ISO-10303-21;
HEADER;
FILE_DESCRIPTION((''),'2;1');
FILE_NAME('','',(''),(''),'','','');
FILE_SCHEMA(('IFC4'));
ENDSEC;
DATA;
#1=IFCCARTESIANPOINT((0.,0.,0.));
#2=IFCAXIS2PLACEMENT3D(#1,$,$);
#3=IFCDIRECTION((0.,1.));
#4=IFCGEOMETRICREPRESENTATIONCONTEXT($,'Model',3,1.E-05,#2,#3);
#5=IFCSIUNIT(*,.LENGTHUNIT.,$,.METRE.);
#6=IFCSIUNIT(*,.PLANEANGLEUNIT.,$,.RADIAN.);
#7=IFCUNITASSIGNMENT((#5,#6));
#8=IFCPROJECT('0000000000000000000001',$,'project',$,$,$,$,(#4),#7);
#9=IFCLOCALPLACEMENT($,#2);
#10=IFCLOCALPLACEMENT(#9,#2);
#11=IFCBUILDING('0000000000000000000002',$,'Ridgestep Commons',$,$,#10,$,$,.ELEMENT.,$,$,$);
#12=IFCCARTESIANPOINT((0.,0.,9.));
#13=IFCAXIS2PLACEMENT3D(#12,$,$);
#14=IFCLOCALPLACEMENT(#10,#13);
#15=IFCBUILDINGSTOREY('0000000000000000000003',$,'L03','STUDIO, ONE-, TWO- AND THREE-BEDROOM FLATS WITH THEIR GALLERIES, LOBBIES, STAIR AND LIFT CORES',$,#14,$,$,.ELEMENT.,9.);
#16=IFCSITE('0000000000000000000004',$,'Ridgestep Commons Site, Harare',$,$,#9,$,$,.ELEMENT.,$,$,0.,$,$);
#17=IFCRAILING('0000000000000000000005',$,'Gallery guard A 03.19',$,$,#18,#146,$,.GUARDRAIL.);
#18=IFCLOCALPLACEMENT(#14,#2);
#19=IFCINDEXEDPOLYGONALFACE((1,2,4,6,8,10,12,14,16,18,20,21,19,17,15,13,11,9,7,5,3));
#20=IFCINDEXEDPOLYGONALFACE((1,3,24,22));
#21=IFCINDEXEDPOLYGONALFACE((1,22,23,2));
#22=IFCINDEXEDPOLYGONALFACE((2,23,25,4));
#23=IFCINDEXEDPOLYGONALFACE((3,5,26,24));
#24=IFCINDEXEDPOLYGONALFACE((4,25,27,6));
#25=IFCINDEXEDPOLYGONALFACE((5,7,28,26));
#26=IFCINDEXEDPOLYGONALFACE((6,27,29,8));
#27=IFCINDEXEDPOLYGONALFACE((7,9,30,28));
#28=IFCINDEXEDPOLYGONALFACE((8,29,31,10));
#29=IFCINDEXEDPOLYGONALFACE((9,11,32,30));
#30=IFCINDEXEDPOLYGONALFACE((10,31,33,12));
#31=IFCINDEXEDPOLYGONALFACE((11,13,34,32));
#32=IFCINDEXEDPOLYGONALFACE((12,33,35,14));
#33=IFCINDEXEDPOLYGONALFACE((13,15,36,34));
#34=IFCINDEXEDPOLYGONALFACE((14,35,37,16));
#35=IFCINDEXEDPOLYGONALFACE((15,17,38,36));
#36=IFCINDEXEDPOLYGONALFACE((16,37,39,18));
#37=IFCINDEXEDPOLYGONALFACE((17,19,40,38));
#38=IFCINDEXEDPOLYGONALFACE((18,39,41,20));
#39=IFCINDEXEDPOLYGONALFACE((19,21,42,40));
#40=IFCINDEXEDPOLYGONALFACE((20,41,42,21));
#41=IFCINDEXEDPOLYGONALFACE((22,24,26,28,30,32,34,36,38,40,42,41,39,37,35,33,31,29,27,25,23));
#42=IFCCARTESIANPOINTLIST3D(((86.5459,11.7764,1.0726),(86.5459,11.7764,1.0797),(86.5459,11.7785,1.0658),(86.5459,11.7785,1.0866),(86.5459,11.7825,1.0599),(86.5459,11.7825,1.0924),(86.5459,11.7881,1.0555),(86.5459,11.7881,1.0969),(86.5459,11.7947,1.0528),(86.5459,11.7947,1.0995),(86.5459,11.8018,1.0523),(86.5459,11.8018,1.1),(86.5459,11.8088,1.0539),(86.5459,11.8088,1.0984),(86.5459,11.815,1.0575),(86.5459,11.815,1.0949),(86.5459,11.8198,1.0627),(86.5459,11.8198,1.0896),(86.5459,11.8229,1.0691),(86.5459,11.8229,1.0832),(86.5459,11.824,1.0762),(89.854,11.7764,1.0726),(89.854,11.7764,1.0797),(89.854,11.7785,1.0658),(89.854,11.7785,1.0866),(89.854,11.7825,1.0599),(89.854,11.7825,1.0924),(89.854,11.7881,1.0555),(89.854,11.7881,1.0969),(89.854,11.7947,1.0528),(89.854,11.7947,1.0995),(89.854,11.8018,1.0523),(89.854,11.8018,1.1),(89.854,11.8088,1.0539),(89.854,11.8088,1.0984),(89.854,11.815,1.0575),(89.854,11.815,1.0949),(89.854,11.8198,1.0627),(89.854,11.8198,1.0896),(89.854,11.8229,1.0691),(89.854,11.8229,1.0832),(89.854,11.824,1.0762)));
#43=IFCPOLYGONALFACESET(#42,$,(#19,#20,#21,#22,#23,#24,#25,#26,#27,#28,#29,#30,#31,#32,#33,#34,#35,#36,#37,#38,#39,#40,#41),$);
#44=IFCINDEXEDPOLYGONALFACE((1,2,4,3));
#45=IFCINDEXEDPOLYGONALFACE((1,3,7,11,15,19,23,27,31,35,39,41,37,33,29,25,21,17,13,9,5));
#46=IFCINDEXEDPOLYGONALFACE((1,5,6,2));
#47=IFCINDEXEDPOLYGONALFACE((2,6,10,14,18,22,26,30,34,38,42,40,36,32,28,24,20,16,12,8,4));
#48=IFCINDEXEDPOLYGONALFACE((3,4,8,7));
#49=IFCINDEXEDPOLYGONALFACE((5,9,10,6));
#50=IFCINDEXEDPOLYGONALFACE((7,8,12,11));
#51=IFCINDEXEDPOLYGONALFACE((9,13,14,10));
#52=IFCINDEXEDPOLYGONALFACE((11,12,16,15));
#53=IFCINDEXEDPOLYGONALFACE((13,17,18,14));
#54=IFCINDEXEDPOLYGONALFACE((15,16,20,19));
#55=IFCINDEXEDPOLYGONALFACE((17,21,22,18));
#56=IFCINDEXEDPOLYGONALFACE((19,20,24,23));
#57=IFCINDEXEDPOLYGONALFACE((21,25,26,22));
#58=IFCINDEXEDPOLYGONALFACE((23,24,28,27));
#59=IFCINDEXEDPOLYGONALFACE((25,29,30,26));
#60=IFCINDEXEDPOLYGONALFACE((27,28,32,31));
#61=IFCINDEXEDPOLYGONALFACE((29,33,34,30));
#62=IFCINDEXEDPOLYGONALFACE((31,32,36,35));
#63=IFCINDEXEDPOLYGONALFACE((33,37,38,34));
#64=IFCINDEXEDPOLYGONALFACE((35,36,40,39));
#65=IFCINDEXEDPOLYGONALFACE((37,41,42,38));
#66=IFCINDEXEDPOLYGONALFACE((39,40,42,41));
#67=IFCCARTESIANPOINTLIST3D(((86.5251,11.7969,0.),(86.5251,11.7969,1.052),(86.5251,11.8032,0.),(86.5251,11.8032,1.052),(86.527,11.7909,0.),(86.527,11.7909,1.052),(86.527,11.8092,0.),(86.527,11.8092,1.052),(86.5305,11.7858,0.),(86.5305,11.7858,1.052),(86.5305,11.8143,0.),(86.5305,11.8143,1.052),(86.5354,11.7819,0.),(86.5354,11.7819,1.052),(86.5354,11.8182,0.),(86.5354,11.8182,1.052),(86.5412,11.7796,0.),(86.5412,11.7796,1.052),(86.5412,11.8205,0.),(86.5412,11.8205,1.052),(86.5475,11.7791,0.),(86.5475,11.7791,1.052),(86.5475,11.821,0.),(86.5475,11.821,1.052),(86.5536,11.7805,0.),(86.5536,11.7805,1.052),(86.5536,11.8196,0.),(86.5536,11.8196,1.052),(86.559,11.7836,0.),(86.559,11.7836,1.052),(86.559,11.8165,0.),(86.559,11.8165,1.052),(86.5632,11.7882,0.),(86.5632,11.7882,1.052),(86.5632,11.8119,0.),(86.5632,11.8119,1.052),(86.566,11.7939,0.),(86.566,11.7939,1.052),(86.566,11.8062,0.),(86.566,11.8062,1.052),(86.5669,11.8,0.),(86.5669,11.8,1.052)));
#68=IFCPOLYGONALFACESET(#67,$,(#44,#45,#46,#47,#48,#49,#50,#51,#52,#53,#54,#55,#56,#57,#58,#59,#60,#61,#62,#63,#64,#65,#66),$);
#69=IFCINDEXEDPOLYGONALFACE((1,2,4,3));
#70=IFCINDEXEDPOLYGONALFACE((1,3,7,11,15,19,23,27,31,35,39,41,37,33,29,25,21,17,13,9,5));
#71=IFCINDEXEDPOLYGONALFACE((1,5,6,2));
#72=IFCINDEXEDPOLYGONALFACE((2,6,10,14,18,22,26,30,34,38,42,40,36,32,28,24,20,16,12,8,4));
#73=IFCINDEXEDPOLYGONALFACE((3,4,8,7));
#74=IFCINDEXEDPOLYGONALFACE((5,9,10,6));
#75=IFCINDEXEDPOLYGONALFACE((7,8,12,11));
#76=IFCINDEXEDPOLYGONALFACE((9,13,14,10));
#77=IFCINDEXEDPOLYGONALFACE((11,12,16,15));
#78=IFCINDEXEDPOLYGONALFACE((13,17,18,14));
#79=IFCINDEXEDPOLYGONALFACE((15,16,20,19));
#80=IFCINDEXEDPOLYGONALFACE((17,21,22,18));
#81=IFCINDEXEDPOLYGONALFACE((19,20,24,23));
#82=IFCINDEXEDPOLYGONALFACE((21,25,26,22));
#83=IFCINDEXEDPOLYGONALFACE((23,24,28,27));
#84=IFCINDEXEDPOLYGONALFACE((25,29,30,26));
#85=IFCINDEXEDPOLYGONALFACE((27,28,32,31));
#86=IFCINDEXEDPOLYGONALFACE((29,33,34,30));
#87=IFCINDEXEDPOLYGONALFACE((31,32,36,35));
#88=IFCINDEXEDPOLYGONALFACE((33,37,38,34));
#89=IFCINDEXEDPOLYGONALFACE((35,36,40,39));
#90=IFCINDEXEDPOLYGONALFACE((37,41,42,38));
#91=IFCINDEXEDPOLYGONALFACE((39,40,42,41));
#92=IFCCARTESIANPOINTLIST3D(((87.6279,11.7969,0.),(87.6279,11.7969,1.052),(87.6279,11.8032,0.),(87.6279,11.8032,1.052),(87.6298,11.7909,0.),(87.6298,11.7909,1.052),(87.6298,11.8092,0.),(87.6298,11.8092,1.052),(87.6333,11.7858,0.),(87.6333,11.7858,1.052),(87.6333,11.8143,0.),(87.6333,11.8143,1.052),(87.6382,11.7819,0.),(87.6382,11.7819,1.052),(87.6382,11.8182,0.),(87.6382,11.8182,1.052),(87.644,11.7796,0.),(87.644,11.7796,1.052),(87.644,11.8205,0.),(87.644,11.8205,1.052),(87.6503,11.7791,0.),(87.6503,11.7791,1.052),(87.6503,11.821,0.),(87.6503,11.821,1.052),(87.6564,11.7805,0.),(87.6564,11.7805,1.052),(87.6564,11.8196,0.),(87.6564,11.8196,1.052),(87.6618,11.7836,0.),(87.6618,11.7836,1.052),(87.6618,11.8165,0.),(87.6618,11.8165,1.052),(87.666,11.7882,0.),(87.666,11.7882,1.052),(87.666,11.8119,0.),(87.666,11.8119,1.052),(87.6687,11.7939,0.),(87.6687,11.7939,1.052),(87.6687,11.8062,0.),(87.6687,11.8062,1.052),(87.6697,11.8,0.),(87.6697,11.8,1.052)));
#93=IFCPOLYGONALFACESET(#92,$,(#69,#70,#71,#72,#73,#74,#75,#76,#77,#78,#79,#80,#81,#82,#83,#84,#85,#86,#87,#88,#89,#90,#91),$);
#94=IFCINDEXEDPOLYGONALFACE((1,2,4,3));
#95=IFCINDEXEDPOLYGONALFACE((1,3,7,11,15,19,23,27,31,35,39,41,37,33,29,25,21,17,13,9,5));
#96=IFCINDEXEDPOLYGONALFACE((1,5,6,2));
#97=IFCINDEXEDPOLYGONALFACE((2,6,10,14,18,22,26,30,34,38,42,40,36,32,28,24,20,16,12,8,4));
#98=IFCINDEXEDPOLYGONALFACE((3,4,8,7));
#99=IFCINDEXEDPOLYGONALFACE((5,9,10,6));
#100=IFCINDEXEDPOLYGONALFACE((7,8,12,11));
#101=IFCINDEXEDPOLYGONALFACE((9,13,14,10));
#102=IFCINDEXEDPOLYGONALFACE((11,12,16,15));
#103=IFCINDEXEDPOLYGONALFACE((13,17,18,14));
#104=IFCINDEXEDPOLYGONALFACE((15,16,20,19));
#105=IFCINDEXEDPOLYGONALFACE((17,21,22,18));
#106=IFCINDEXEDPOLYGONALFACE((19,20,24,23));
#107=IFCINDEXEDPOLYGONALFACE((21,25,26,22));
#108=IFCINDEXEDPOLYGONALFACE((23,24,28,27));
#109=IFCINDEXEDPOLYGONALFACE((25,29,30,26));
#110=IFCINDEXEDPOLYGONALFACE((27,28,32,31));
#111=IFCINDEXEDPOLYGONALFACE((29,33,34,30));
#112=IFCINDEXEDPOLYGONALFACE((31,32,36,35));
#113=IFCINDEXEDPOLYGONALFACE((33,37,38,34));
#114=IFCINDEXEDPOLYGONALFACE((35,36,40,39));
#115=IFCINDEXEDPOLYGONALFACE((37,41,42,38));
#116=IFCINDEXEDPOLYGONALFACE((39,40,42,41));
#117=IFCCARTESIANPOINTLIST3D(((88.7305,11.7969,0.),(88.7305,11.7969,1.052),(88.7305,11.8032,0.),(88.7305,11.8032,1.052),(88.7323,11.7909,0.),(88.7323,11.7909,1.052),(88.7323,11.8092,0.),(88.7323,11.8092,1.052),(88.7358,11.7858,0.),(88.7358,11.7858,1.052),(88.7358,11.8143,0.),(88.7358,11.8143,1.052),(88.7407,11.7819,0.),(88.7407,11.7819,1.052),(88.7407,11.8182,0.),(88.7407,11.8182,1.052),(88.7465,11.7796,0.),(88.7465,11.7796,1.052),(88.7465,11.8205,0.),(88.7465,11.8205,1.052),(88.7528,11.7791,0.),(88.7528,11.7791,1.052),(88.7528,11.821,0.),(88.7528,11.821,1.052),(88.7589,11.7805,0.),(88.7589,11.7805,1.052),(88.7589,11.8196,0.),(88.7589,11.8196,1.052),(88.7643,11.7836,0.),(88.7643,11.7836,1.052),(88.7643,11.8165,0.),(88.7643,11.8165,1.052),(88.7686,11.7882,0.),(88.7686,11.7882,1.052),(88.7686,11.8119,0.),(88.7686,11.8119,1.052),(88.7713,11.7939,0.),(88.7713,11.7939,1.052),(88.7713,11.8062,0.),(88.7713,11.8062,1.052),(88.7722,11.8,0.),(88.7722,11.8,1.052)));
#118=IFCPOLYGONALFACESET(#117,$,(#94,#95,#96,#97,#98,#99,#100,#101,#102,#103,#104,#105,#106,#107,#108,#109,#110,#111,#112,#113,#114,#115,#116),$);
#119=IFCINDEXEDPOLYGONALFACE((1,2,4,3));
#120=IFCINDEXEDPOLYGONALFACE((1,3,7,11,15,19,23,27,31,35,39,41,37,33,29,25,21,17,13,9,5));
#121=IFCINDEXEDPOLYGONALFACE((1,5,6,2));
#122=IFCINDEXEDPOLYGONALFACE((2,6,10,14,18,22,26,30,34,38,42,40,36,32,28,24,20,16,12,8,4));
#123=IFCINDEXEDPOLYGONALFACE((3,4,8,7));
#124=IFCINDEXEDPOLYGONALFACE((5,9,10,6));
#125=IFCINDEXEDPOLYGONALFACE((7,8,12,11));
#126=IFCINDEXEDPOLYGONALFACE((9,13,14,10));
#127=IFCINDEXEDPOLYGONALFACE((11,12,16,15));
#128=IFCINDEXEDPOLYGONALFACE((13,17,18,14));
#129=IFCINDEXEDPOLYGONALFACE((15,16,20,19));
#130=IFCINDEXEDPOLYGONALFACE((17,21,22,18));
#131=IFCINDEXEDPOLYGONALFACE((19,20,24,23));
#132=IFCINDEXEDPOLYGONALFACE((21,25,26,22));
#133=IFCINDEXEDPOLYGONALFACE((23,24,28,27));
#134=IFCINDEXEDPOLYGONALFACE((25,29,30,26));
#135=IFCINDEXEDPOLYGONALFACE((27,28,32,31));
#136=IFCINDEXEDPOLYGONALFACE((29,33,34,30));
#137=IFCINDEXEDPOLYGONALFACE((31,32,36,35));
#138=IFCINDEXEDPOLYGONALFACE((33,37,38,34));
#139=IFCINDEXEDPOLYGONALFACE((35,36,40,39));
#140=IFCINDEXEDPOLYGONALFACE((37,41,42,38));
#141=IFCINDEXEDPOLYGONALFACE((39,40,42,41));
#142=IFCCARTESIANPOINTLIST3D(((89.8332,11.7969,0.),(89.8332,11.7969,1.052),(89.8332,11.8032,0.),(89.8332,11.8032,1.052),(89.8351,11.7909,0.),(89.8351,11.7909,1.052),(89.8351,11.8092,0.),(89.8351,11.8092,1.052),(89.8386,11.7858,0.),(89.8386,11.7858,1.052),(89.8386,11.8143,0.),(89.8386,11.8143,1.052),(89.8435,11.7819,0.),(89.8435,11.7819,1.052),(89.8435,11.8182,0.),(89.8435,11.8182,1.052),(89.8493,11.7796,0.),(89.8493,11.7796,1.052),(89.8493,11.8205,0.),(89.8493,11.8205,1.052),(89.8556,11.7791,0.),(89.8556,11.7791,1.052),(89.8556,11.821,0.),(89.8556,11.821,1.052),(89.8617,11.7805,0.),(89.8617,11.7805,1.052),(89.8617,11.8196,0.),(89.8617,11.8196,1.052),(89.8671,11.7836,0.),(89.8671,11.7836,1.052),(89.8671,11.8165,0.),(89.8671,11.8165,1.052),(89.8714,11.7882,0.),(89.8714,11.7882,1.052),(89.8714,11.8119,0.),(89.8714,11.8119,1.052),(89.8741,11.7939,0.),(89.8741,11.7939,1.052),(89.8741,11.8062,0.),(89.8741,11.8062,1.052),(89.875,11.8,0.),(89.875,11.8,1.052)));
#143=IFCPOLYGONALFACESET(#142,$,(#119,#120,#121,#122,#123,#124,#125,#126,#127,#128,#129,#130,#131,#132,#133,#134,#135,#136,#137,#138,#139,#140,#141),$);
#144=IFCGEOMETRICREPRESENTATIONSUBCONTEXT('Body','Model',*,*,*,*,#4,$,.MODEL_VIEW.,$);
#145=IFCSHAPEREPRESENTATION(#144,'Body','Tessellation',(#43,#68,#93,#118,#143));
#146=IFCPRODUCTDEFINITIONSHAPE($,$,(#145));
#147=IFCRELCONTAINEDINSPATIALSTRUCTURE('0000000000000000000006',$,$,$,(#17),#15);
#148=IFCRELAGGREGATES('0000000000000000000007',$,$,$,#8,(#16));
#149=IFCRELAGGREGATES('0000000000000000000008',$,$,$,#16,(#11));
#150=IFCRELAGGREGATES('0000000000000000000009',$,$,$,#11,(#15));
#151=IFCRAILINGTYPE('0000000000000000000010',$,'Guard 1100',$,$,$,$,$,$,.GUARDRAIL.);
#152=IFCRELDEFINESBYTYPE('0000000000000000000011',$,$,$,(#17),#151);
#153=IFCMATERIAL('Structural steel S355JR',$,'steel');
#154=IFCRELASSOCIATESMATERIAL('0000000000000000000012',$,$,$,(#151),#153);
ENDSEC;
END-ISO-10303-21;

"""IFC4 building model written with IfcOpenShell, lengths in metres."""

from ifc_helpers import new_model, si_unit, direction, frame, origin, origin_2d, place, context, subcontext, project, spatial, circle, extrude, material, type_object, element, save


model = new_model("IFC4")

# Units and contexts
model_context = context("Model", 3, precision=1e-05, world=origin(), true_north=direction((0.0, 1.0)))
body_context = subcontext(model_context, "Body", "Model", "MODEL_VIEW")
ifc_project = project(units=[si_unit("LENGTHUNIT", "METRE"), si_unit("PLANEANGLEUNIT", "RADIAN")], contexts=[model_context])

# Site, building, storey
site_placement = place(None, origin())
site = spatial("IfcSite", under=ifc_project, at=site_placement, Name="Ridgestep Commons Site, Harare", CompositionType="ELEMENT", RefElevation=0.0)
building_placement = place(site_placement, origin())
building = spatial("IfcBuilding", under=site, at=building_placement, Name="Ridgestep Commons", CompositionType="ELEMENT")
storey_placement = place(building_placement, frame((0.0, 0.0, 9.0)))
storey = spatial("IfcBuildingStorey", under=building, at=storey_placement, Name="L03", Description="STUDIO, ONE-, TWO- AND THREE-BEDROOM FLATS WITH THEIR GALLERIES, LOBBIES, STAIR AND LIFT CORES", CompositionType="ELEMENT", Elevation=9.0)

# Railing
ifc_material_1 = material(Name="Structural steel S355JR", Category="steel")
railing_type_1 = type_object("IfcRailingType", Name="Guard 1100", PredefinedType="GUARDRAIL", material=ifc_material_1)
railing_1_placement = place(storey_placement, frame((86.5459, 11.8, 0.0)))
element("IfcRailing", 1, at=railing_1_placement, inside=storey, type_object=railing_type_1, Name="Gallery guard A 03.19", PredefinedType="GUARDRAIL", context=body_context, shape_type="SweptSolid", body=[
    extrude(circle(Radius=0.0239, at=origin_2d()), frame((0.0, 0.0, 1.0762), z_axis=(1.0, 0.0, 0.0), x_axis=(0.0, 1.0, 0.0)), (0.0, 0.0, 1.0), 3.3081),
    extrude(circle(Radius=0.021, at=origin_2d()), origin(), (0.0, 0.0, 1.0), 1.052),
    extrude(circle(Radius=0.021, at=origin_2d()), frame((1.1028, 0.0, 0.0)), (0.0, 0.0, 1.0), 1.052),
    extrude(circle(Radius=0.021, at=origin_2d()), frame((2.2053, 0.0, 0.0)), (0.0, 0.0, 1.0), 1.052),
    extrude(circle(Radius=0.021, at=origin_2d()), frame((3.3081, 0.0, 0.0)), (0.0, 0.0, 1.0), 1.052),
])

save(model, "model.ifc")
